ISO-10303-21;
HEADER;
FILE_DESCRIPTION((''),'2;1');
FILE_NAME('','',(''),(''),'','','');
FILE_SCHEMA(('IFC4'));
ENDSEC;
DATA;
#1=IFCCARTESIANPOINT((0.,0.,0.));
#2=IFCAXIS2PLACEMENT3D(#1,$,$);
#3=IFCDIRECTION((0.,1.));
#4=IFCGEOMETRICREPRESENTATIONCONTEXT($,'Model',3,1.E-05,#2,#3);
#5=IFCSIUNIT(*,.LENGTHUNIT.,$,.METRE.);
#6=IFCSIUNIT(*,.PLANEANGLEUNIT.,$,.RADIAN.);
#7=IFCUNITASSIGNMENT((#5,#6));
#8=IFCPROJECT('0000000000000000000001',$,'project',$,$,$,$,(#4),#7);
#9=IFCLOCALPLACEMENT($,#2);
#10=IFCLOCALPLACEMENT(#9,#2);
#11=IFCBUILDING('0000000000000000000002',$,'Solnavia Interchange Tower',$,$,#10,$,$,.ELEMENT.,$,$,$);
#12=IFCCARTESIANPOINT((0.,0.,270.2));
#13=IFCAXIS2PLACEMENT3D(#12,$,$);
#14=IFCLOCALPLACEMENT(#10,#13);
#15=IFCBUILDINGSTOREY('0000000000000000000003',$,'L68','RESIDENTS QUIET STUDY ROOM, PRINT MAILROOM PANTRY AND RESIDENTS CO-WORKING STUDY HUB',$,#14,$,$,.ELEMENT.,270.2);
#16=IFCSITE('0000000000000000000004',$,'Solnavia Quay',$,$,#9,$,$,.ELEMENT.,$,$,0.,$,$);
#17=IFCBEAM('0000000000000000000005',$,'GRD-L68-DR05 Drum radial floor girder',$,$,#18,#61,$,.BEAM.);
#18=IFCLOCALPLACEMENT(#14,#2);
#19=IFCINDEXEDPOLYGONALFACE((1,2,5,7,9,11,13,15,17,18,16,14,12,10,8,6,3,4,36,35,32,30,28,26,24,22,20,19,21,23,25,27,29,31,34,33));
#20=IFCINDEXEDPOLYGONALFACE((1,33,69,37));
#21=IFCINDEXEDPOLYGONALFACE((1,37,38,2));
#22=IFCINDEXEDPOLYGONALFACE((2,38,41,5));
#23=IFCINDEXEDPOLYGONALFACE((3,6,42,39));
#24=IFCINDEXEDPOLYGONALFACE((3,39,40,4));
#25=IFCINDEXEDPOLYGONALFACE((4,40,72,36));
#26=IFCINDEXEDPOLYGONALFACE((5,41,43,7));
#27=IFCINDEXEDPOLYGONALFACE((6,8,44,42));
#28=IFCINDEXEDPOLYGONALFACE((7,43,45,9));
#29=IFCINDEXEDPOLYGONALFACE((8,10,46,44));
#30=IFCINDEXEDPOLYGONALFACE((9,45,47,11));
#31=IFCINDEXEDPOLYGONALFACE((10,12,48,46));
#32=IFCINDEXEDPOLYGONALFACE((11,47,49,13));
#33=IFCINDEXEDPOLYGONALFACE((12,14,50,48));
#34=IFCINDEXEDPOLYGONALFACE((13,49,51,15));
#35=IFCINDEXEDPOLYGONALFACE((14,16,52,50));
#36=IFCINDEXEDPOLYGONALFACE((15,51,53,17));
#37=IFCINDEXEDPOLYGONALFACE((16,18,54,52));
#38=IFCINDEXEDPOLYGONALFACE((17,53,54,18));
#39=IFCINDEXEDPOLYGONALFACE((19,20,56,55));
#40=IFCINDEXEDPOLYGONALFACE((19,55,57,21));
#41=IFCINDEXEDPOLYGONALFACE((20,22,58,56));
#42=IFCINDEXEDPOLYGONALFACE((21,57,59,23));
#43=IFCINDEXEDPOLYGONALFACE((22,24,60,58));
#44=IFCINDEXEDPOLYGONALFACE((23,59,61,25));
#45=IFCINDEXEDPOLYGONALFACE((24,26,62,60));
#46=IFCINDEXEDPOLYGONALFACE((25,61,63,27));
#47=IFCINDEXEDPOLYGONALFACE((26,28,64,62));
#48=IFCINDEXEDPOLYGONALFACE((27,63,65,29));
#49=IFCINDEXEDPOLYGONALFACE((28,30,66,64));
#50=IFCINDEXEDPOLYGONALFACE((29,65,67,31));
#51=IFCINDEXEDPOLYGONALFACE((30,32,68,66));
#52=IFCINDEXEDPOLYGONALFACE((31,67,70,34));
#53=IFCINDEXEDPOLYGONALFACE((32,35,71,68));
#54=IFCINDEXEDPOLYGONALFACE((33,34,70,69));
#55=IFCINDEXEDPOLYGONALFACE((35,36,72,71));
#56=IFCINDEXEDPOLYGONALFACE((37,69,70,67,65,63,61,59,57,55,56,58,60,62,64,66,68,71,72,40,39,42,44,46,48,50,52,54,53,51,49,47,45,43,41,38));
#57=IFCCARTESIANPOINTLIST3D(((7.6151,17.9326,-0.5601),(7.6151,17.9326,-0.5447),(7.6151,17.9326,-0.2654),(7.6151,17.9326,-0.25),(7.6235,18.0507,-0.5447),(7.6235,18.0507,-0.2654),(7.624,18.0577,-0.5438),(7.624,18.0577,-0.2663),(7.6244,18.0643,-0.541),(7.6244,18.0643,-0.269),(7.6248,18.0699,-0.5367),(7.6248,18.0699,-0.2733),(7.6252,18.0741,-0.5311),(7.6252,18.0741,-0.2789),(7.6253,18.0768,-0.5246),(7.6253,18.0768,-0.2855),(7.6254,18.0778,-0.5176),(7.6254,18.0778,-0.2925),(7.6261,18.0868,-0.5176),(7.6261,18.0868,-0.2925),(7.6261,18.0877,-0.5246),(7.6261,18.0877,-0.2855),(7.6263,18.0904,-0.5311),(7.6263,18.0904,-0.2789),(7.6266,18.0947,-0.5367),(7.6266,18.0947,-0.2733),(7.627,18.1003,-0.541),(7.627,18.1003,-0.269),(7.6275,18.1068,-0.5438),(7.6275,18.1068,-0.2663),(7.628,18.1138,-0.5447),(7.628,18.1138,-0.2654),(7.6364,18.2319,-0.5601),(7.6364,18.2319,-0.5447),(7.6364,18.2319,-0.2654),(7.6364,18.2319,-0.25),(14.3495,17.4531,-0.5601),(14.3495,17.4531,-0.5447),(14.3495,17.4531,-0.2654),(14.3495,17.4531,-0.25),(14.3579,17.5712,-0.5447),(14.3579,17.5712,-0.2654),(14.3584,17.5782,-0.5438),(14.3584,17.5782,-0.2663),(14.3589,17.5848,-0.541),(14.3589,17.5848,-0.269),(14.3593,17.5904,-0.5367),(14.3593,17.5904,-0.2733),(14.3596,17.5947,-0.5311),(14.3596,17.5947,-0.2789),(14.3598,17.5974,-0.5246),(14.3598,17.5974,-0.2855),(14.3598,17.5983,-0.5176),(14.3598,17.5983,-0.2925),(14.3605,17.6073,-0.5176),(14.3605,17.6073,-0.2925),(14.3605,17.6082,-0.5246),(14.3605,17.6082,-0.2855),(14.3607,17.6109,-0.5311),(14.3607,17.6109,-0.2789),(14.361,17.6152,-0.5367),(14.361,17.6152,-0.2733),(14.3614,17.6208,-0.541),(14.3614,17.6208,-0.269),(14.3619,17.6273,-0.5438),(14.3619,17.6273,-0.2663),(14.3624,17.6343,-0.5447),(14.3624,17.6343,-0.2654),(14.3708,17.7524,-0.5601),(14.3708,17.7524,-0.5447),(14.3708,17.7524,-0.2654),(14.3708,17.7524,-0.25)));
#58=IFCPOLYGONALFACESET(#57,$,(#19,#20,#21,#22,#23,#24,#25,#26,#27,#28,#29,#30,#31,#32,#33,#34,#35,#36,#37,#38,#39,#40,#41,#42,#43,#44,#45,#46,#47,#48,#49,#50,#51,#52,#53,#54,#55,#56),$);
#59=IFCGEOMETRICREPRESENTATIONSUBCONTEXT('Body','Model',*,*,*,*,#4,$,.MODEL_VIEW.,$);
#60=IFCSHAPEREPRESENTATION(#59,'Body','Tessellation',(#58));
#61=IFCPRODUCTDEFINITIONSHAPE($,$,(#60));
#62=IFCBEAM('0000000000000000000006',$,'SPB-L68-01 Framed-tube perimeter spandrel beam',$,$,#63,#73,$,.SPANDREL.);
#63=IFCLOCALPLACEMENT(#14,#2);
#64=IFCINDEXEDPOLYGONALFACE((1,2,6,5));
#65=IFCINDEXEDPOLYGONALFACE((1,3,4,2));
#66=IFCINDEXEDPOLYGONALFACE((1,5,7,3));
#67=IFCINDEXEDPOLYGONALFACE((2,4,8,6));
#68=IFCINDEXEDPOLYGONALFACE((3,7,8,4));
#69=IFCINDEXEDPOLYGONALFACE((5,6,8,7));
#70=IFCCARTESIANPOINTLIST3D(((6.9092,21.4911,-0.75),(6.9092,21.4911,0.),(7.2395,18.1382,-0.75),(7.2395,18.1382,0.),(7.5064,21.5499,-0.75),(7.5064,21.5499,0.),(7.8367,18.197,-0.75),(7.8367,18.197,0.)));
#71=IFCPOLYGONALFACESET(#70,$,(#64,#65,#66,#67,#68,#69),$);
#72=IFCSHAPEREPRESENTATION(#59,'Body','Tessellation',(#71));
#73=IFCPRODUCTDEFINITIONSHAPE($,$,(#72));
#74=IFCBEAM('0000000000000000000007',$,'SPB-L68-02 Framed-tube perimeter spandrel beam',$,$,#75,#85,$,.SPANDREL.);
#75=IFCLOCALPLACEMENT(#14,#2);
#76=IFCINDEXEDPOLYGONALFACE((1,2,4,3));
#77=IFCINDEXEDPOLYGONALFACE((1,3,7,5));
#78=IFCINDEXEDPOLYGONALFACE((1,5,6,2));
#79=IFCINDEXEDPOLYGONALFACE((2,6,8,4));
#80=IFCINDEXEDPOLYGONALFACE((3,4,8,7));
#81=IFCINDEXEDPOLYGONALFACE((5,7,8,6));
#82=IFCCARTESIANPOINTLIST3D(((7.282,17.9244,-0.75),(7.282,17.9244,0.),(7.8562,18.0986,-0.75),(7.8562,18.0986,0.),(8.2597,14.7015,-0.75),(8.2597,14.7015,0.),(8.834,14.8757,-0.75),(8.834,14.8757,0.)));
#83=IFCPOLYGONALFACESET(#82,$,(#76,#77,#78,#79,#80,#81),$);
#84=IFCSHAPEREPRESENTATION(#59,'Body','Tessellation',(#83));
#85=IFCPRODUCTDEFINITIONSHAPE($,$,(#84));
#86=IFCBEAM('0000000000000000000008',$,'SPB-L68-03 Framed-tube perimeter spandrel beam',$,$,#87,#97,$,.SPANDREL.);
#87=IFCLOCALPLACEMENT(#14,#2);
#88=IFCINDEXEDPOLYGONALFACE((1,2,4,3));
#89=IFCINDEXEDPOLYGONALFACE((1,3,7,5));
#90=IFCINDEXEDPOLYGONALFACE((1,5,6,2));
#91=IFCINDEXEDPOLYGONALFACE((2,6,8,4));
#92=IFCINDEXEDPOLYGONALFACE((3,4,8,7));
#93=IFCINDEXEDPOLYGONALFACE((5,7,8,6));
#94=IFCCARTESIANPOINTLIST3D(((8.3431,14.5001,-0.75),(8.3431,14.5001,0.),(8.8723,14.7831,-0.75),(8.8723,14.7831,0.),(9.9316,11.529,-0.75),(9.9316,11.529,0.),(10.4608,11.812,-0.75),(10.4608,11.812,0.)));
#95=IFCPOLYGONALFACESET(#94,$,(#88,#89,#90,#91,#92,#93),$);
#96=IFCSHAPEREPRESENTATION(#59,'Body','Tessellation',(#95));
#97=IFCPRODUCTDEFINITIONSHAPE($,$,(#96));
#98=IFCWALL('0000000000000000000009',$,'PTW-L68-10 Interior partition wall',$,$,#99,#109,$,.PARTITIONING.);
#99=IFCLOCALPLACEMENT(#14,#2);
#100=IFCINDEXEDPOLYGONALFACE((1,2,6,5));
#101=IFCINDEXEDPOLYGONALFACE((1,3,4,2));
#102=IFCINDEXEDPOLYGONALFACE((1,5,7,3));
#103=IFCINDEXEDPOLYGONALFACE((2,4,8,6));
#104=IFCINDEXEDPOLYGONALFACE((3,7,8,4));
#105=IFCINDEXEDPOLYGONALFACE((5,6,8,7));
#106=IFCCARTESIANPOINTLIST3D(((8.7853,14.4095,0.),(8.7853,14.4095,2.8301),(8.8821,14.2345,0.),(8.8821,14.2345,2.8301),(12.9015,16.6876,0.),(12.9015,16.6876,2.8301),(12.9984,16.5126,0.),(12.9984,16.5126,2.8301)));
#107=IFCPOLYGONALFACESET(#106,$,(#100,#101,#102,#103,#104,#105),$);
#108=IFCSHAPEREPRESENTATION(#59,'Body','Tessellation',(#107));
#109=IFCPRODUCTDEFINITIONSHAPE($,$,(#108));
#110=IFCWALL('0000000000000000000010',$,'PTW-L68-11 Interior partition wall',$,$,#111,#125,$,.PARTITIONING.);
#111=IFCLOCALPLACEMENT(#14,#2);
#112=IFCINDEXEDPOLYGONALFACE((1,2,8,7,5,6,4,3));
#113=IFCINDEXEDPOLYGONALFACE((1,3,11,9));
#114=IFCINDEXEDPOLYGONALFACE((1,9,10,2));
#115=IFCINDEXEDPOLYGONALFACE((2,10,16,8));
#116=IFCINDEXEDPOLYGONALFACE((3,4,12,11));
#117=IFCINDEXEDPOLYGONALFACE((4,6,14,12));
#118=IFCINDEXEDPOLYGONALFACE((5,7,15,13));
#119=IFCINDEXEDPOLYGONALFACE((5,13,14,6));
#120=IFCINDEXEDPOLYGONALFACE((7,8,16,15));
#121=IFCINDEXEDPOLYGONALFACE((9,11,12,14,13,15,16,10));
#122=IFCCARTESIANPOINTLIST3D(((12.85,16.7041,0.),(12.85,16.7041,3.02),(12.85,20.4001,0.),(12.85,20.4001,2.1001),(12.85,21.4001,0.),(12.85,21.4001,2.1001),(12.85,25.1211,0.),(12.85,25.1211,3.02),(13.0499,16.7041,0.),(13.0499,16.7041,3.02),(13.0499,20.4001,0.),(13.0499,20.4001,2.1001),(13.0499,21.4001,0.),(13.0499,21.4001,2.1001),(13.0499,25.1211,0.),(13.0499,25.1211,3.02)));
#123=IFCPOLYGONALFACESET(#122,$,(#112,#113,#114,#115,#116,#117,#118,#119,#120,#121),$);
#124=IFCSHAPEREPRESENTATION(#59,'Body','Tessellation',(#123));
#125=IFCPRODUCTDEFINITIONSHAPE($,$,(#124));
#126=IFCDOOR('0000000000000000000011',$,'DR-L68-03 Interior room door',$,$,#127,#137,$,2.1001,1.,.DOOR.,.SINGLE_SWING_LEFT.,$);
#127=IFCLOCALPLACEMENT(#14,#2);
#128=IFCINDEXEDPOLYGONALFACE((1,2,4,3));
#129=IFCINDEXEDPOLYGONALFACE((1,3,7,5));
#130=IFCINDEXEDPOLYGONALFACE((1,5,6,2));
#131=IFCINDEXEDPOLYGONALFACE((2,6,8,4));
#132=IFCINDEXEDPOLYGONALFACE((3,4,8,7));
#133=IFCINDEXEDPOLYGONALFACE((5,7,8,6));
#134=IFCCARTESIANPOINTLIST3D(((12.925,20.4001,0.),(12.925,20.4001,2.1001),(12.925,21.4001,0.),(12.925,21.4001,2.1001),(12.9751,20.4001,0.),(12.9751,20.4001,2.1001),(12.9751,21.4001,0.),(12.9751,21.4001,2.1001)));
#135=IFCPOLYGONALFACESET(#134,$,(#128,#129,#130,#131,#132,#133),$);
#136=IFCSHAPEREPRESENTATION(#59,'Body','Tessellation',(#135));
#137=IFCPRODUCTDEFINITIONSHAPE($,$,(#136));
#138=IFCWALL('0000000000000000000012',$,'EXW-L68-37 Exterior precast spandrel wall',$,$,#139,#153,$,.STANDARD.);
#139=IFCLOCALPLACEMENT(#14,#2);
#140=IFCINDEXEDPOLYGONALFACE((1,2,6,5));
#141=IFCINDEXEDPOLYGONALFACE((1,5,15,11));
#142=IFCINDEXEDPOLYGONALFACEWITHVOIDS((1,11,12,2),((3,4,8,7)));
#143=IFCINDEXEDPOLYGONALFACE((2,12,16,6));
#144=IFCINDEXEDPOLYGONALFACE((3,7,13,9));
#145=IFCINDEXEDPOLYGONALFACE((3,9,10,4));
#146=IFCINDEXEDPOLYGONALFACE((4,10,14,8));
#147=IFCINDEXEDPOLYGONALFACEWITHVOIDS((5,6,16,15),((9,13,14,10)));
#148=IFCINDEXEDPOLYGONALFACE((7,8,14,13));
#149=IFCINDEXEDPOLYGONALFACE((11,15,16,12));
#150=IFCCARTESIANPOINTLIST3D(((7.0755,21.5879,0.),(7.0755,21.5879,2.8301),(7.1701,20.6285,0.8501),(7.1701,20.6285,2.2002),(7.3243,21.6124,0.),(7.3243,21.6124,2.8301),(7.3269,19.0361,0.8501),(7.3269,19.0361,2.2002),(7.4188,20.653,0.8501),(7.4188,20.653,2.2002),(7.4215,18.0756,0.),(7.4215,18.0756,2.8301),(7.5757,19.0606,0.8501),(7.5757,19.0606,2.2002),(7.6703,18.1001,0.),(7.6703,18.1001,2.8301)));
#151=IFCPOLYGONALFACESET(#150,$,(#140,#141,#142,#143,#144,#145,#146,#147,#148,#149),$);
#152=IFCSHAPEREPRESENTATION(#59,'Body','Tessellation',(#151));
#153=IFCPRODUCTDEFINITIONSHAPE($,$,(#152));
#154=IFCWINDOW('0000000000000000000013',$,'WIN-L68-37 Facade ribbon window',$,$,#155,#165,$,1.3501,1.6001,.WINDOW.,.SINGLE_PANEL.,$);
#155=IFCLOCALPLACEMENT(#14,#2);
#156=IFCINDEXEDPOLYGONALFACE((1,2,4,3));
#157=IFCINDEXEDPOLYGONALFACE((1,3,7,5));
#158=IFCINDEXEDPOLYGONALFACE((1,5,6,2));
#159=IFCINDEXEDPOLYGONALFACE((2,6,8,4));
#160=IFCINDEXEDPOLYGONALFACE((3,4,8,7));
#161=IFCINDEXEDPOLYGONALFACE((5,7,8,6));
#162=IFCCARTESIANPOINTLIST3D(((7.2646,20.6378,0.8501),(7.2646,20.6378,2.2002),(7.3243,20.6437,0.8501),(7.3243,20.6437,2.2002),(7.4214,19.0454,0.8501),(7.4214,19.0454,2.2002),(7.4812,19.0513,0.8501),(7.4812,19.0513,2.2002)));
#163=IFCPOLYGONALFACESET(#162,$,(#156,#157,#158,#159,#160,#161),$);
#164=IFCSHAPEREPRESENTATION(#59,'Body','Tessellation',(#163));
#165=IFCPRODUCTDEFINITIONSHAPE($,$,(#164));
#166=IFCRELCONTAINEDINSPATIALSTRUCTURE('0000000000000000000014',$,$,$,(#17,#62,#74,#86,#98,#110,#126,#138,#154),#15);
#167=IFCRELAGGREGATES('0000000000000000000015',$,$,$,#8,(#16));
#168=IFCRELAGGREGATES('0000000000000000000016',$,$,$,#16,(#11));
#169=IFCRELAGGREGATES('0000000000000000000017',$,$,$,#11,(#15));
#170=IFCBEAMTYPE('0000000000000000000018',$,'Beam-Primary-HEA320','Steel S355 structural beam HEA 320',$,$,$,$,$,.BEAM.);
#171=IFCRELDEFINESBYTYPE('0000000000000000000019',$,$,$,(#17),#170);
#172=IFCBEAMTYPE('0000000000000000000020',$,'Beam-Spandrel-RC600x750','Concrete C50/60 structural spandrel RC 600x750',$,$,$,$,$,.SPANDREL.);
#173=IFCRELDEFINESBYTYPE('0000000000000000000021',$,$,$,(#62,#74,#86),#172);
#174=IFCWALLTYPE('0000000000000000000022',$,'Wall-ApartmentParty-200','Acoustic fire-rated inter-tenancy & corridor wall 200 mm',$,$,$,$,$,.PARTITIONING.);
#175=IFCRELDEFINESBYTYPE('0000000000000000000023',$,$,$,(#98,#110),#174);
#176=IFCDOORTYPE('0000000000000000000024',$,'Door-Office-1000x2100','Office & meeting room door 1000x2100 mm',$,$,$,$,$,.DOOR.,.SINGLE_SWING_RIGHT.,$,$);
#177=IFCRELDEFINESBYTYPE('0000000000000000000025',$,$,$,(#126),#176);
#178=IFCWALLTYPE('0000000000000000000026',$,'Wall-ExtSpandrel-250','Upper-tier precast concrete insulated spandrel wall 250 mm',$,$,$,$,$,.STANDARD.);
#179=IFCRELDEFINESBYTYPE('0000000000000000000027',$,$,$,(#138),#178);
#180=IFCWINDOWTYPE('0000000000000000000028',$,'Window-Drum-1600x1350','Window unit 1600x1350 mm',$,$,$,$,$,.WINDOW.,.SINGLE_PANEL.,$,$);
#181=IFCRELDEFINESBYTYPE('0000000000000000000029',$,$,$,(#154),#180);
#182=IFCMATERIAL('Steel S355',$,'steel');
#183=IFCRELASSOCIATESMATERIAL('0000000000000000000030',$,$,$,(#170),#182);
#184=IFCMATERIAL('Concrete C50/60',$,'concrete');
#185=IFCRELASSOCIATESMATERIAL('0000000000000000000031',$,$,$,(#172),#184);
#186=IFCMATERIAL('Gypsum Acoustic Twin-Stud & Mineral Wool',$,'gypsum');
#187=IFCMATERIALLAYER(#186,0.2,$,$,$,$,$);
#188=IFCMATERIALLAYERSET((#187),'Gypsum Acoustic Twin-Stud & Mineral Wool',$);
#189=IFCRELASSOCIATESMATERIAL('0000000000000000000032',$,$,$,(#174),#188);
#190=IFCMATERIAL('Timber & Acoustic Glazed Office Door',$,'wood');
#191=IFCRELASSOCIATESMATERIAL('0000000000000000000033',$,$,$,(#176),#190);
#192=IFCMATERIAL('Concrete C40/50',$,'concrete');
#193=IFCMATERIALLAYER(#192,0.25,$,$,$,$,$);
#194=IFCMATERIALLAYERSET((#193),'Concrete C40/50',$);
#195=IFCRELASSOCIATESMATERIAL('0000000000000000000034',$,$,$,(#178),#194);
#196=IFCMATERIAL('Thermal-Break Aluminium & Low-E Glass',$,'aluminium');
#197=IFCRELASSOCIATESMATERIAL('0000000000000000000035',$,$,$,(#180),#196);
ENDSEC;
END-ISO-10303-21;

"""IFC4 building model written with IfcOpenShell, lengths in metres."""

from ifc_helpers import new_model, si_unit, direction, frame, frame_2d, origin, origin_2d, place, context, subcontext, project, spatial, rectangle, i_section, extrude, material, layer, layer_set, material_profile, profile_set, type_object, element, fill, save


model = new_model("IFC4")

# Units and contexts
model_context = context("Model", 3, precision=1e-05, world=origin(), true_north=direction((0.0, 1.0)))
body_context = subcontext(model_context, "Body", "Model", "MODEL_VIEW")
ifc_project = project(units=[si_unit("LENGTHUNIT", "METRE"), si_unit("PLANEANGLEUNIT", "RADIAN")], contexts=[model_context])

# Site, building, storey
site_placement = place(None, origin())
site = spatial("IfcSite", under=ifc_project, at=site_placement, Name="Solnavia Quay", CompositionType="ELEMENT", RefElevation=0.0)
building_placement = place(site_placement, origin())
building = spatial("IfcBuilding", under=site, at=building_placement, Name="Solnavia Interchange Tower", CompositionType="ELEMENT")
storey_placement = place(building_placement, frame((0.0, 0.0, 270.2)))
storey = spatial("IfcBuildingStorey", under=building, at=storey_placement, Name="L68", Description="RESIDENTS QUIET STUDY ROOM, PRINT MAILROOM PANTRY AND RESIDENTS CO-WORKING STUDY HUB", CompositionType="ELEMENT", Elevation=270.2)

# Shared definitions
ifc_material_1 = material(Name="Concrete C50/60", Category="concrete")

# Beams
ifc_material_2 = material(Name="Steel S355", Category="steel")
ifc_material_profile_1 = material_profile(ifc_material_2, i_section(OverallWidth=0.3, OverallDepth=0.3101, WebThickness=0.009, FlangeThickness=0.0154, FilletRadius=0.0271, at=origin_2d()), Name="HEA 320")
ifc_profile_set_1 = profile_set([ifc_material_profile_1], Name="Steel S355")
beam_type_1 = type_object("IfcBeamType", Name="Beam-Primary-HEA320", Description="Steel S355 structural beam HEA 320", PredefinedType="BEAM", material=ifc_profile_set_1)
beam_1_placement = place(storey_placement, frame((7.6257, 18.0823, -0.405), z_axis=(0.997475, -0.071021, 0.0), x_axis=(0.071021, 0.997475, 0.0)))
element("IfcBeam", 1, at=beam_1_placement, inside=storey, type_object=beam_type_1, Name="GRD-L68-DR05 Drum radial floor girder", PredefinedType="BEAM", context=body_context, shape_type="SweptSolid", body=[
    extrude(i_section(OverallWidth=0.3, OverallDepth=0.3101, WebThickness=0.009, FlangeThickness=0.0154, FilletRadius=0.0271, at=origin_2d()), origin(), (0.0, 0.0, 1.0), 6.7515),
])
ifc_material_profile_2 = material_profile(ifc_material_1, rectangle(XDim=0.6001, YDim=0.75, at=origin_2d()), Name="RC 600x750")
ifc_profile_set_2 = profile_set([ifc_material_profile_2], Name="Concrete C50/60")
beam_type_2 = type_object("IfcBeamType", Name="Beam-Spandrel-RC600x750", Description="Concrete C50/60 structural spandrel RC 600x750", PredefinedType="SPANDREL", material=ifc_profile_set_2)
beam_2_placement = place(storey_placement, frame((7.2078, 21.5205, -0.375), z_axis=(0.09804, -0.995182, 0.0), x_axis=(0.995182, 0.09804, 0.0)))
element("IfcBeam", 2, at=beam_2_placement, inside=storey, type_object=beam_type_2, Name="SPB-L68-01 Framed-tube perimeter spandrel beam", PredefinedType="SPANDREL", context=body_context, shape_type="SweptSolid", body=[
    extrude(rectangle(XDim=0.6001, YDim=0.75, at=origin_2d()), origin(), (0.0, 0.0, 1.0), 3.3691),
])
beam_3_placement = place(storey_placement, frame((7.5691, 18.0115, -0.375), z_axis=(0.290319, -0.95693, 0.0), x_axis=(0.95693, 0.290319, 0.0)))
element("IfcBeam", 3, at=beam_3_placement, inside=storey, type_object=beam_type_2, Name="SPB-L68-02 Framed-tube perimeter spandrel beam", PredefinedType="SPANDREL", context=body_context, shape_type="SweptSolid", body=[
    extrude(rectangle(XDim=0.6001, YDim=0.75, at=origin_2d()), origin(), (0.0, 0.0, 1.0), 3.3679),
])
beam_4_placement = place(storey_placement, frame((8.6077, 14.6416, -0.375), z_axis=(0.471509, -0.881861, 0.0), x_axis=(0.881861, 0.471509, 0.0)))
element("IfcBeam", 4, at=beam_4_placement, inside=storey, type_object=beam_type_2, Name="SPB-L68-03 Framed-tube perimeter spandrel beam", PredefinedType="SPANDREL", context=body_context, shape_type="SweptSolid", body=[
    extrude(rectangle(XDim=0.6001, YDim=0.75, at=origin_2d()), origin(), (0.0, 0.0, 1.0), 3.3691),
])

# Wall
ifc_material_3 = material(Name="Gypsum Acoustic Twin-Stud & Mineral Wool", Category="gypsum")
ifc_layer_1 = layer(ifc_material_3, 0.2)
ifc_layer_set_1 = layer_set([ifc_layer_1], Name="Gypsum Acoustic Twin-Stud & Mineral Wool")
wall_type_1 = type_object("IfcWallType", Name="Wall-ApartmentParty-200", Description="Acoustic fire-rated inter-tenancy & corridor wall 200 mm", PredefinedType="PARTITIONING", material=ifc_layer_set_1)
wall_1_placement = place(storey_placement, frame((12.95, 16.6001, 0.0), z_axis=(0.0, 0.0, 1.0), x_axis=(-0.874942, -0.484228, 0.0)))
element("IfcWall", 5, at=wall_1_placement, inside=storey, type_object=wall_type_1, Name="PTW-L68-10 Interior partition wall", PredefinedType="PARTITIONING", context=body_context, shape_type="SweptSolid", body=[
    extrude(rectangle(XDim=4.7046, YDim=0.2, at=frame_2d((2.3523, 0.0))), origin(), (0.0, 0.0, 1.0), 2.8301),
])

# Wall, opening, door
wall_2_placement = place(storey_placement, frame((12.95, 16.7041, 0.0), z_axis=(0.0, 0.0, 1.0), x_axis=(0.0, 1.0, 0.0)))
wall_2 = element("IfcWall", 6, at=wall_2_placement, inside=storey, type_object=wall_type_1, Name="PTW-L68-11 Interior partition wall", PredefinedType="PARTITIONING", context=body_context, shape_type="SweptSolid", body=[
    extrude(rectangle(XDim=8.417, YDim=0.2, at=frame_2d((4.2085, 0.0))), origin(), (0.0, 0.0, 1.0), 3.02),
])
opening_1_placement = place(wall_2_placement, frame((3.696, 0.0, 0.0)))
opening_1 = element("IfcOpeningElement", 7, at=opening_1_placement, cuts=wall_2, PredefinedType="OPENING", context=body_context, shape_type="SweptSolid", body=[
    extrude(rectangle(XDim=1.0, YDim=2.1001, at=frame_2d((0.5, 1.05))), frame((0.0, 0.1099, 0.0), z_axis=(0.0, -1.0, 0.0), x_axis=(1.0, 0.0, 0.0)), (0.0, 0.0, 1.0), 0.22),
])
ifc_material_4 = material(Name="Timber & Acoustic Glazed Office Door", Category="wood")
door_type_1 = type_object("IfcDoorType", Name="Door-Office-1000x2100", Description="Office & meeting room door 1000x2100 mm", OperationType="SINGLE_SWING_RIGHT", PredefinedType="DOOR", material=ifc_material_4)
door_1_placement = place(opening_1_placement, origin())
door_1 = element("IfcDoor", 8, at=door_1_placement, inside=storey, type_object=door_type_1, Name="DR-L68-03 Interior room door", OperationType="SINGLE_SWING_LEFT", OverallHeight=2.1001, OverallWidth=1.0, PredefinedType="DOOR", context=body_context, shape_type="SweptSolid", body=[
    extrude(rectangle(XDim=1.0, YDim=2.1001, at=frame_2d((0.5, 1.05))), frame((0.0, 0.0249, 0.0), z_axis=(0.0, -1.0, 0.0), x_axis=(1.0, 0.0, 0.0)), (0.0, 0.0, 1.0), 0.05),
])
fill(opening_1, door_1)

# Wall, opening, window
ifc_material_5 = material(Name="Concrete C40/50", Category="concrete")
ifc_layer_2 = layer(ifc_material_5, 0.25)
ifc_layer_set_2 = layer_set([ifc_layer_2], Name="Concrete C40/50")
wall_type_2 = type_object("IfcWallType", Name="Wall-ExtSpandrel-250", Description="Upper-tier precast concrete insulated spandrel wall 250 mm", PredefinedType="STANDARD", material=ifc_layer_set_2)
wall_3_placement = place(storey_placement, frame((7.5459, 18.0879, 0.0), z_axis=(0.0, 0.0, 1.0), x_axis=(-0.098024, 0.995184, 0.0)))
wall_3 = element("IfcWall", 9, at=wall_3_placement, inside=storey, type_object=wall_type_2, Name="EXW-L68-37 Exterior precast spandrel wall", PredefinedType="STANDARD", context=body_context, shape_type="SweptSolid", body=[
    extrude(rectangle(XDim=3.5293, YDim=0.25, at=frame_2d((1.7646, 0.0))), origin(), (0.0, 0.0, 1.0), 2.8301),
])
opening_2_placement = place(wall_3_placement, frame((0.9651, 0.0, 0.8501)))
opening_2 = element("IfcOpeningElement", 10, at=opening_2_placement, cuts=wall_3, PredefinedType="OPENING", context=body_context, shape_type="SweptSolid", body=[
    extrude(rectangle(XDim=1.6001, YDim=1.3501, at=frame_2d((0.8, 0.675))), frame((0.0, 0.135, 0.0), z_axis=(0.0, -1.0, 0.0), x_axis=(1.0, 0.0, 0.0)), (0.0, 0.0, 1.0), 0.27),
])
ifc_material_6 = material(Name="Thermal-Break Aluminium & Low-E Glass", Category="aluminium")
window_type = type_object("IfcWindowType", Name="Window-Drum-1600x1350", Description="Window unit 1600x1350 mm", PartitioningType="SINGLE_PANEL", PredefinedType="WINDOW", material=ifc_material_6)
window_1_placement = place(opening_2_placement, origin())
window_1 = element("IfcWindow", 11, at=window_1_placement, inside=storey, type_object=window_type, Name="WIN-L68-37 Facade ribbon window", OverallHeight=1.3501, OverallWidth=1.6001, PartitioningType="SINGLE_PANEL", PredefinedType="WINDOW", context=body_context, shape_type="SweptSolid", body=[
    extrude(rectangle(XDim=1.6001, YDim=1.3501, at=frame_2d((0.8, 0.675))), frame((0.0, 0.03, 0.0), z_axis=(0.0, -1.0, 0.0), x_axis=(1.0, 0.0, 0.0)), (0.0, 0.0, 1.0), 0.0601),
])
fill(opening_2, window_1)

save(model, "model.ifc")
